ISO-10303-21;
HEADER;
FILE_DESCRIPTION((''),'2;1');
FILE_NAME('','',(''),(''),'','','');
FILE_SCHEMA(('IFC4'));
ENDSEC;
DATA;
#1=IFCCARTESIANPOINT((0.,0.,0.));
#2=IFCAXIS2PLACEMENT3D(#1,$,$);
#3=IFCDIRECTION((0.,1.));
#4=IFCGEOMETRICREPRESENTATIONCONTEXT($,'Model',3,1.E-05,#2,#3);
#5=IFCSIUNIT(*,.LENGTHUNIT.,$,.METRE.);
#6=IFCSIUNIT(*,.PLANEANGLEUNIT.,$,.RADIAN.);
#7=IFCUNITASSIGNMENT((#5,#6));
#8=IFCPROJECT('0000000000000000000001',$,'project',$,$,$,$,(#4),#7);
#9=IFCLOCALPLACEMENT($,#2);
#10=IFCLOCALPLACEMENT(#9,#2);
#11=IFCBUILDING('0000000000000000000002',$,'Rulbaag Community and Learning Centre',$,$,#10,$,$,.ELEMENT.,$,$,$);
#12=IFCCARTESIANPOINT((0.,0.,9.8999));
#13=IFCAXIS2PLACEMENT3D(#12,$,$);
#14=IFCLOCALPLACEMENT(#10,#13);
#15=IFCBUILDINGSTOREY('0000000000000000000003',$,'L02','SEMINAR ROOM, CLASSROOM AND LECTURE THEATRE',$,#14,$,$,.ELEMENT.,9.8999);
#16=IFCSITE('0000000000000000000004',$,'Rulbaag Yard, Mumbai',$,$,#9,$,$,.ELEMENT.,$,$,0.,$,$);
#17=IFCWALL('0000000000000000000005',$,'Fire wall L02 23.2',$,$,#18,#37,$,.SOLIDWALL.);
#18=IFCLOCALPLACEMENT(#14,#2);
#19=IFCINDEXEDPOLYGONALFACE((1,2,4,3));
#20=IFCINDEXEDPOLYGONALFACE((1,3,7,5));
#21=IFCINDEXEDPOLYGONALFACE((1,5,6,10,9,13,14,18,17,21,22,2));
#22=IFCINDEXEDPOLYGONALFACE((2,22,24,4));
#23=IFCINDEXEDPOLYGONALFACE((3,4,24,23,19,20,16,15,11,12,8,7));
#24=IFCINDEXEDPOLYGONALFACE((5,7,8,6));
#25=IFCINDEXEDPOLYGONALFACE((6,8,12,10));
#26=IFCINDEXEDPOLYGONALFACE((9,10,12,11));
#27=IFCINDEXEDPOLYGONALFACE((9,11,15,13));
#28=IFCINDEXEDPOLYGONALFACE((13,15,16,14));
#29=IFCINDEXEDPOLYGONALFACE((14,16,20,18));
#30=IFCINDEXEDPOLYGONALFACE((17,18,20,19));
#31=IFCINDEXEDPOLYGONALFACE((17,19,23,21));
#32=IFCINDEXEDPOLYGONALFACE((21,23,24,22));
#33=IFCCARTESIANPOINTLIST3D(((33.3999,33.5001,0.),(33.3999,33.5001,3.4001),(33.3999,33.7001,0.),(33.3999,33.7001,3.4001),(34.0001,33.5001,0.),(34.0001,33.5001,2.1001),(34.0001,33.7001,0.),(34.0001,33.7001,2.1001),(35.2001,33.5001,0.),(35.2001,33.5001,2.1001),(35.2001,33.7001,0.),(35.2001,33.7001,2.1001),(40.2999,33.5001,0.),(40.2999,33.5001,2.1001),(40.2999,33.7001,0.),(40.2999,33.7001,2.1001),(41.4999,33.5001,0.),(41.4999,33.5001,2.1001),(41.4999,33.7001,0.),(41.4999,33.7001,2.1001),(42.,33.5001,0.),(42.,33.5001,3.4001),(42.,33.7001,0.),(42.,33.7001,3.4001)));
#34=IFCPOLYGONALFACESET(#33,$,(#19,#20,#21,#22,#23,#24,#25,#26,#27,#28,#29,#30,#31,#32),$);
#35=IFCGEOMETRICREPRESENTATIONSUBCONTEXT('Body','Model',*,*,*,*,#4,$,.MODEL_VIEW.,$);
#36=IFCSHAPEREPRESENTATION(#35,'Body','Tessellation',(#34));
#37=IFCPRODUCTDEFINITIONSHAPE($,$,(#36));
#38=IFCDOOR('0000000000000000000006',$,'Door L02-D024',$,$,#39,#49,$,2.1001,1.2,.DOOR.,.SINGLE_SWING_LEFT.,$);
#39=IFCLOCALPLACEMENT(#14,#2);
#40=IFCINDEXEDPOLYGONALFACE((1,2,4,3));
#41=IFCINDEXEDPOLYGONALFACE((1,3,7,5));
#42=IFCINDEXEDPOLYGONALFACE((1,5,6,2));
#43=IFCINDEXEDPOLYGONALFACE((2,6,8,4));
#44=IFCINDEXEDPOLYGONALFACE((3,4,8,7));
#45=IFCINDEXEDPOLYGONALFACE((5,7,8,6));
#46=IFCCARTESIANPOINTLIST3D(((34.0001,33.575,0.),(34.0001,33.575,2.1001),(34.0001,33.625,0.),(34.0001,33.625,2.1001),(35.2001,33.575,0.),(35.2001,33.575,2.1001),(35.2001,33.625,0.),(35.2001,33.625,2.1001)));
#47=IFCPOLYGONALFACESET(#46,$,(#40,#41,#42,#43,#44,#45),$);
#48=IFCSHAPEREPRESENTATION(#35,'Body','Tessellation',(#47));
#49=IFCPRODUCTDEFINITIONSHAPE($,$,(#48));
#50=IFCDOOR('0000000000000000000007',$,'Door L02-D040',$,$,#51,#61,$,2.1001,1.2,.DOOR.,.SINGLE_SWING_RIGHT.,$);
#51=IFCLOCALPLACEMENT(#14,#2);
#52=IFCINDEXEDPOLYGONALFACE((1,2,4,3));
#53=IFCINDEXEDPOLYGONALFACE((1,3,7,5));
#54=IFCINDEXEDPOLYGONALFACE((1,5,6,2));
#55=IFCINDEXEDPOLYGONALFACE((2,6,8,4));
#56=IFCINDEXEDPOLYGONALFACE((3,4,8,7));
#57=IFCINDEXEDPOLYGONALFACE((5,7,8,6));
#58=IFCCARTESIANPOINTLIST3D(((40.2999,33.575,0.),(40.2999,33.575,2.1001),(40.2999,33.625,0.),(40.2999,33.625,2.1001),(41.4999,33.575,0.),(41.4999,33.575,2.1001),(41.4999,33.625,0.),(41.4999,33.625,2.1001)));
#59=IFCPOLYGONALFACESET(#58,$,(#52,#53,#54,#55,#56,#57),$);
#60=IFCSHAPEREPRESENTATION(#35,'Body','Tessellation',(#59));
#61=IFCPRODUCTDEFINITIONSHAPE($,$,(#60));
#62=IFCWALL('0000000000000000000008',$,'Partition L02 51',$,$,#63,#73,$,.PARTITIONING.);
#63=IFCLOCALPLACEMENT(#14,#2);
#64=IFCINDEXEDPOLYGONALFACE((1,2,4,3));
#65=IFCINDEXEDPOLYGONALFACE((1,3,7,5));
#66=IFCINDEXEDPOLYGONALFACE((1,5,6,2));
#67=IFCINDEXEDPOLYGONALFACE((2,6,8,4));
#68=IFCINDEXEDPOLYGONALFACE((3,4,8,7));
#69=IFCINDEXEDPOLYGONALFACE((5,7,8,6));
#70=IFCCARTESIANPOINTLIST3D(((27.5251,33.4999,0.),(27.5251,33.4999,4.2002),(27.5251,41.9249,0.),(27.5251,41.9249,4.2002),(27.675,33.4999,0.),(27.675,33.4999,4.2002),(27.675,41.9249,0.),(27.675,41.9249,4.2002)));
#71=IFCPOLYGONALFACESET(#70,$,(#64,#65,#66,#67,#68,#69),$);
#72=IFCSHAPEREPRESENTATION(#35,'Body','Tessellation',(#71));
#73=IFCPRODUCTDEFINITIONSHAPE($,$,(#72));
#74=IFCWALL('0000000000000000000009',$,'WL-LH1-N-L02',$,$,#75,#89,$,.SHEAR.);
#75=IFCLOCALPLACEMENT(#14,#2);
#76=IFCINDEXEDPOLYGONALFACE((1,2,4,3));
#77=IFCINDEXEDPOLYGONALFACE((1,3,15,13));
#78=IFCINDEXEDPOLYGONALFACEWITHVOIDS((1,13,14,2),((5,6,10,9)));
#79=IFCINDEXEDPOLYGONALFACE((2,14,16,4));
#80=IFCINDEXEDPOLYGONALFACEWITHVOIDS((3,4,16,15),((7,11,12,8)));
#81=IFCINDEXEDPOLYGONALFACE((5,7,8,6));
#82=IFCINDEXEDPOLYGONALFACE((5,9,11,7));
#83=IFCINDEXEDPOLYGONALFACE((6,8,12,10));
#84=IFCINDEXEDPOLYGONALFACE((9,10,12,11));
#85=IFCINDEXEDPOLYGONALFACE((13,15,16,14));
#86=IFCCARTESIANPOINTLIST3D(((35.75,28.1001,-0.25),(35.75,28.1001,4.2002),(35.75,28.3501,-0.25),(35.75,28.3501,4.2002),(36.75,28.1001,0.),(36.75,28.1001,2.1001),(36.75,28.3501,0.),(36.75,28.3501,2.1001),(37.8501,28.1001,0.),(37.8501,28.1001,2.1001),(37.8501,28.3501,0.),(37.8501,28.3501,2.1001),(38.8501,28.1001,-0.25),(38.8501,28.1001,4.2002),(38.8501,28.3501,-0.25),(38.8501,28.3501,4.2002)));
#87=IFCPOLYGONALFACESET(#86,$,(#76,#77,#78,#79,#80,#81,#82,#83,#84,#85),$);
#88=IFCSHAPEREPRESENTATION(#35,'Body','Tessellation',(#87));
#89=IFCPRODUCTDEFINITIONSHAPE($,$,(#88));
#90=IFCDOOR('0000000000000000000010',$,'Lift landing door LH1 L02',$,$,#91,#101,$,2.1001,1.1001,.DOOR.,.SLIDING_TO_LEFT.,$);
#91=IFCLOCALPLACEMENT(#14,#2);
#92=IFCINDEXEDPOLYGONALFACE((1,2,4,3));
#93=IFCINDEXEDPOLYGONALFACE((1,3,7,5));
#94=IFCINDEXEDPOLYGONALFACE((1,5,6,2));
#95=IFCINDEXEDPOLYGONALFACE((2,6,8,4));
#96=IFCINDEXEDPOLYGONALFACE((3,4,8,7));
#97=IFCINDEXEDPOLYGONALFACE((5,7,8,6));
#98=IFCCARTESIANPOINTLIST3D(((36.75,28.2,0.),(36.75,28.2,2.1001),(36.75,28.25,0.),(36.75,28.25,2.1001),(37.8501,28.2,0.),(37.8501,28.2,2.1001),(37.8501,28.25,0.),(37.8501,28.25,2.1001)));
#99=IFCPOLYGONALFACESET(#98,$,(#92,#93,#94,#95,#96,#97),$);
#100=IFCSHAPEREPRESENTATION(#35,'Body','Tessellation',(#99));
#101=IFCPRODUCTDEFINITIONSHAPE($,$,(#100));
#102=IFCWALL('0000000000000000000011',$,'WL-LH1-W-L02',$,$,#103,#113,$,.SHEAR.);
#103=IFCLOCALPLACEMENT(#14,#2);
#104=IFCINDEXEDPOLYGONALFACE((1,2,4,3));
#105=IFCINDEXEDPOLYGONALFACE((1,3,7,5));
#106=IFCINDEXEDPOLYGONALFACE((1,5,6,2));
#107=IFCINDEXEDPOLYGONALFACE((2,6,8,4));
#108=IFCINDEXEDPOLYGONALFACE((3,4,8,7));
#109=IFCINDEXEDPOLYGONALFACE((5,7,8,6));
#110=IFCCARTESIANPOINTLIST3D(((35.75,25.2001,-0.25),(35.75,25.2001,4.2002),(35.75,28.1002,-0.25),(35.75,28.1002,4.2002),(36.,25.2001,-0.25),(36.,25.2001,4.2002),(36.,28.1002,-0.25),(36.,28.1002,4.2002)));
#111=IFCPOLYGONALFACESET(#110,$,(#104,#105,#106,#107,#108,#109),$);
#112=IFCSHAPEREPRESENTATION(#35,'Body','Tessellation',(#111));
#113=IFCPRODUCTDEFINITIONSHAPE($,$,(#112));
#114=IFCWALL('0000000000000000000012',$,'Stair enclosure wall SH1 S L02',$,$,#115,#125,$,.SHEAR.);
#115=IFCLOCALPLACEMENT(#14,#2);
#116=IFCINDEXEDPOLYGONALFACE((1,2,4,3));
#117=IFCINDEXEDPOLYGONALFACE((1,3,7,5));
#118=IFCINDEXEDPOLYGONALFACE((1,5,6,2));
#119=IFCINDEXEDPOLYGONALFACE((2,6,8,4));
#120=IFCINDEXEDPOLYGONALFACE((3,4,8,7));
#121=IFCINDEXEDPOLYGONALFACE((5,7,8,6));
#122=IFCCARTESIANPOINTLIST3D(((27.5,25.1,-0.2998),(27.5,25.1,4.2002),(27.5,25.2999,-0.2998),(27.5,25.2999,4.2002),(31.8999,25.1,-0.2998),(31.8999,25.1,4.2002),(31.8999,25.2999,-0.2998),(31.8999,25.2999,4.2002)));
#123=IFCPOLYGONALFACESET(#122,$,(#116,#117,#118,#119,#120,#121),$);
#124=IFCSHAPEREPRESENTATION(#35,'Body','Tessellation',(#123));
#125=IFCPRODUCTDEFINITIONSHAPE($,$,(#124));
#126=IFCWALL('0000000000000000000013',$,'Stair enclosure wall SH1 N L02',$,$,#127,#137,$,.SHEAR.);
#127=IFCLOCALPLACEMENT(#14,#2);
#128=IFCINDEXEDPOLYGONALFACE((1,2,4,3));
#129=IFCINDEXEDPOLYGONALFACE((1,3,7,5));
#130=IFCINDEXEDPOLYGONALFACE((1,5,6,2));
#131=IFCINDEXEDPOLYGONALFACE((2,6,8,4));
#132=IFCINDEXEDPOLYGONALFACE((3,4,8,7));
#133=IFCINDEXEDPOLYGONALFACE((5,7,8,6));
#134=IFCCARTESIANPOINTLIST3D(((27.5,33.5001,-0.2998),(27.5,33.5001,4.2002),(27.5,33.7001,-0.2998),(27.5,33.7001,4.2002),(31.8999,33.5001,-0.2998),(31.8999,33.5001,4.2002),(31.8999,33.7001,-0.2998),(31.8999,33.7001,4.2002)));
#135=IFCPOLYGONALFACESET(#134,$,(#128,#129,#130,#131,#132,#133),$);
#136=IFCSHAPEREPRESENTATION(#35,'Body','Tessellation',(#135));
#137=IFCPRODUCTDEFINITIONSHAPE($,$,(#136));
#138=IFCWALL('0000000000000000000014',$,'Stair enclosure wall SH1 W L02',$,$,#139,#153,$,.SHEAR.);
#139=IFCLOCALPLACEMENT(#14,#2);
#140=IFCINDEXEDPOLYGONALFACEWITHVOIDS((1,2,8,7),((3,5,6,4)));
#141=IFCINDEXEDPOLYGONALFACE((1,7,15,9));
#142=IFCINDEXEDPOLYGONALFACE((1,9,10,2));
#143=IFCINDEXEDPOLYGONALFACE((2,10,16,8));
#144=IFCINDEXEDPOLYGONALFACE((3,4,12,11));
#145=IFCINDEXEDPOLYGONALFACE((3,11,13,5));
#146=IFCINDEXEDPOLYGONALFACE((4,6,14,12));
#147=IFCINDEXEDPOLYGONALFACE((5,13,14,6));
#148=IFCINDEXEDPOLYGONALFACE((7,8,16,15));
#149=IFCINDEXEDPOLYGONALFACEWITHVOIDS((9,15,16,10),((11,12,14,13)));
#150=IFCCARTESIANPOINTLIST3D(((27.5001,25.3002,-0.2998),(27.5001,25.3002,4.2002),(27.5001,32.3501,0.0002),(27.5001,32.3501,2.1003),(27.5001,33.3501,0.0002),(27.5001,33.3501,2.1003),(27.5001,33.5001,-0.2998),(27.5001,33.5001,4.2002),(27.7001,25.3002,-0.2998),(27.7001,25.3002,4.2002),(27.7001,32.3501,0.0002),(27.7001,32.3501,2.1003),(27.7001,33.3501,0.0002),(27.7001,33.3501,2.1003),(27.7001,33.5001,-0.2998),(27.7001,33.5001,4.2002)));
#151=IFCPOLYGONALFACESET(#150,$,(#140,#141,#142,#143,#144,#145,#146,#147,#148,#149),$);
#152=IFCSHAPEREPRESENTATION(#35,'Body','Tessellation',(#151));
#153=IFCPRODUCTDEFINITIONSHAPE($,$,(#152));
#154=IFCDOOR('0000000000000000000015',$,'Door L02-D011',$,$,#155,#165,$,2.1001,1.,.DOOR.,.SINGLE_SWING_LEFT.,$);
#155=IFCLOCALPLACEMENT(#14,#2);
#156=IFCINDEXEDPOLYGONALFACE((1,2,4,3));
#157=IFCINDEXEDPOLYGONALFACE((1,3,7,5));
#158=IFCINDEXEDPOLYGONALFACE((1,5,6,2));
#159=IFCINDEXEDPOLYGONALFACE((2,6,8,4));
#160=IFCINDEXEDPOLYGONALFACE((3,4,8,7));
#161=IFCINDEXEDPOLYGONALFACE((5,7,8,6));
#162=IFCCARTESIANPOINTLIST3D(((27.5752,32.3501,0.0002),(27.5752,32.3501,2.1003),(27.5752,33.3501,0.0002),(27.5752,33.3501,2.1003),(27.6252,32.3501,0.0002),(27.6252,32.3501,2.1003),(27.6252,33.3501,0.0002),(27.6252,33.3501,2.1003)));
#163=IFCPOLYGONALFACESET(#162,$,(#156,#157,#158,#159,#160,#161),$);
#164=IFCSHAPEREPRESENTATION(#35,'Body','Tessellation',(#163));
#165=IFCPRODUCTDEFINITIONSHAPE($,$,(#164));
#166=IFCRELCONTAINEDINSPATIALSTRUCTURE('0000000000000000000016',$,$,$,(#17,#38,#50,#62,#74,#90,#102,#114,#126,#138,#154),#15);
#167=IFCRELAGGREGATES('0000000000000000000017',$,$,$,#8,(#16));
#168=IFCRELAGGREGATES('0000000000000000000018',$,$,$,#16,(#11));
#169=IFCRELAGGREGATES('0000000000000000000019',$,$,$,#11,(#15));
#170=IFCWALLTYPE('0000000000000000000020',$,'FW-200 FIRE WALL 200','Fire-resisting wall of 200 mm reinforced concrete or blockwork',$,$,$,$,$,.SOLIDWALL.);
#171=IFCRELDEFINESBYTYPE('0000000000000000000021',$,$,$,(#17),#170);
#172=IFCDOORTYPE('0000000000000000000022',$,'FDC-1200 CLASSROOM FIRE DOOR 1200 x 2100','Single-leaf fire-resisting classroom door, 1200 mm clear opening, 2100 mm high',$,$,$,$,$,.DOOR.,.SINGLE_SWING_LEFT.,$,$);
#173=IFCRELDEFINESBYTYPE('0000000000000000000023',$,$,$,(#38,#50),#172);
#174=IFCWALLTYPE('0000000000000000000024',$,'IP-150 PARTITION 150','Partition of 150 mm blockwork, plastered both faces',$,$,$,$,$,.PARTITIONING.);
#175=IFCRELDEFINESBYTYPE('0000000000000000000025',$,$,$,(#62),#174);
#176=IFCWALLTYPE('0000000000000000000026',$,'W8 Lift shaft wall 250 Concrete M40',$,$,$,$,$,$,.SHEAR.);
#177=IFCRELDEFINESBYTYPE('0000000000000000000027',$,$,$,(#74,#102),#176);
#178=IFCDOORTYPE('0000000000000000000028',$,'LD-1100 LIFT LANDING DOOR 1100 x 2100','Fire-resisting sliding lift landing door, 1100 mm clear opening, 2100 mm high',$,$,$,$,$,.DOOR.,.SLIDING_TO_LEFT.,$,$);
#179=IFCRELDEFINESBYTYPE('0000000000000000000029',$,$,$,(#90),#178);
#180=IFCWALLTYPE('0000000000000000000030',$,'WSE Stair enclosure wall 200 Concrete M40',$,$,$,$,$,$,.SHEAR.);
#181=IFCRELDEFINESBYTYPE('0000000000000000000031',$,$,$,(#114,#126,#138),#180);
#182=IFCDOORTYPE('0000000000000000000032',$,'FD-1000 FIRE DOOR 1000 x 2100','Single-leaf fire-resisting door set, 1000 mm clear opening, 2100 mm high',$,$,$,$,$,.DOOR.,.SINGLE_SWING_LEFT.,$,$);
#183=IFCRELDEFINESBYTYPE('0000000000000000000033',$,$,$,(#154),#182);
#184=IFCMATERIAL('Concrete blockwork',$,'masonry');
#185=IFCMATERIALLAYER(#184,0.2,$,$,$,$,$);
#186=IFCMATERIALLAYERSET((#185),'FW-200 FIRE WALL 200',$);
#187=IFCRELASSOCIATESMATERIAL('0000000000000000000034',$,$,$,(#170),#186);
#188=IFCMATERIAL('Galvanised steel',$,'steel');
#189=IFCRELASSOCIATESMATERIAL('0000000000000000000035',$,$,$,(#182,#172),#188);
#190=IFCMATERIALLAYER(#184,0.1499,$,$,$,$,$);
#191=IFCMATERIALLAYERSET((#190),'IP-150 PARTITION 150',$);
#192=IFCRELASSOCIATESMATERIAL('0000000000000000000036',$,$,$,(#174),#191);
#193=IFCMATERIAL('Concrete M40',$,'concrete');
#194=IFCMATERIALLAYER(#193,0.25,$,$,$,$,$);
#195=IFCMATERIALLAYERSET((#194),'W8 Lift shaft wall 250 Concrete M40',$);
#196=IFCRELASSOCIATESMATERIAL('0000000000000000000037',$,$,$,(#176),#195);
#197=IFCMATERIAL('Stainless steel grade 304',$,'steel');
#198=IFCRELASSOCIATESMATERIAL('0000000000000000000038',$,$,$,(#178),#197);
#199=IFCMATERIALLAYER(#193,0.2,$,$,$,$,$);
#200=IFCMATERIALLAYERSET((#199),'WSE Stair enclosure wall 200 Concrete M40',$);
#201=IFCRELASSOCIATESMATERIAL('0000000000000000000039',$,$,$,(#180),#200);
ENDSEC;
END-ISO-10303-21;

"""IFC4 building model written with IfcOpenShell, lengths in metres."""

from ifc_helpers import new_model, si_unit, direction, frame, frame_2d, origin, place, context, subcontext, project, spatial, rectangle, extrude, material, layer, layer_set, type_object, element, fill, save


model = new_model("IFC4")

# Units and contexts
model_context = context("Model", 3, precision=1e-05, world=origin(), true_north=direction((0.0, 1.0)))
body_context = subcontext(model_context, "Body", "Model", "MODEL_VIEW")
ifc_project = project(units=[si_unit("LENGTHUNIT", "METRE"), si_unit("PLANEANGLEUNIT", "RADIAN")], contexts=[model_context])

# Site, building, storey
site_placement = place(None, origin())
site = spatial("IfcSite", under=ifc_project, at=site_placement, Name="Rulbaag Yard, Mumbai", CompositionType="ELEMENT", RefElevation=0.0)
building_placement = place(site_placement, origin())
building = spatial("IfcBuilding", under=site, at=building_placement, Name="Rulbaag Community and Learning Centre", CompositionType="ELEMENT")
storey_placement = place(building_placement, frame((0.0, 0.0, 9.8999)))
storey = spatial("IfcBuildingStorey", under=building, at=storey_placement, Name="L02", Description="SEMINAR ROOM, CLASSROOM AND LECTURE THEATRE", CompositionType="ELEMENT", Elevation=9.8999)

# Shared definitions
ifc_material_1 = material(Name="Concrete M40", Category="concrete")

# Shared definitions
ifc_material_2 = material(Name="Concrete blockwork", Category="masonry")
ifc_layer_1 = layer(ifc_material_2, 0.2)
ifc_layer_set_1 = layer_set([ifc_layer_1], Name="FW-200 FIRE WALL 200")
wall_type_1 = type_object("IfcWallType", Name="FW-200 FIRE WALL 200", Description="Fire-resisting wall of 200 mm reinforced concrete or blockwork", PredefinedType="SOLIDWALL", material=ifc_layer_set_1)

# Shared definitions
ifc_material_3 = material(Name="Galvanised steel", Category="steel")
door_type_1 = type_object("IfcDoorType", Name="FD-1000 FIRE DOOR 1000 x 2100", Description="Single-leaf fire-resisting door set, 1000 mm clear opening, 2100 mm high", OperationType="SINGLE_SWING_LEFT", PredefinedType="DOOR", material=ifc_material_3)

# Wall, openings, doors
wall_1_placement = place(storey_placement, frame((33.3999, 33.6001, 0.0), z_axis=(0.0, 0.0, 1.0), x_axis=(1.0, 0.0, 0.0)))
wall_1 = element("IfcWall", 1, at=wall_1_placement, inside=storey, type_object=wall_type_1, Name="Fire wall L02 23.2", PredefinedType="SOLIDWALL", context=body_context, shape_type="SweptSolid", body=[
    extrude(rectangle(XDim=8.6001, YDim=0.2, at=frame_2d((4.3, 0.0))), origin(), (0.0, 0.0, 1.0), 3.4001),
])
opening_1_placement = place(wall_1_placement, frame((0.6001, 0.0, 0.0)))
opening_1 = element("IfcOpeningElement", 2, at=opening_1_placement, cuts=wall_1, PredefinedType="OPENING", context=body_context, shape_type="SweptSolid", body=[
    extrude(rectangle(XDim=1.2, YDim=2.1001, at=frame_2d((0.6001, 1.05))), frame((0.0, 0.1099, 0.0), z_axis=(0.0, -1.0, 0.0), x_axis=(1.0, 0.0, 0.0)), (0.0, 0.0, 1.0), 0.22),
])
opening_2_placement = place(wall_1_placement, frame((6.8999, 0.0, 0.0)))
opening_2 = element("IfcOpeningElement", 3, at=opening_2_placement, cuts=wall_1, PredefinedType="OPENING", context=body_context, shape_type="SweptSolid", body=[
    extrude(rectangle(XDim=1.2, YDim=2.1001, at=frame_2d((0.6001, 1.05))), frame((0.0, 0.1099, 0.0), z_axis=(0.0, -1.0, 0.0), x_axis=(1.0, 0.0, 0.0)), (0.0, 0.0, 1.0), 0.22),
])
door_type_2 = type_object("IfcDoorType", Name="FDC-1200 CLASSROOM FIRE DOOR 1200 x 2100", Description="Single-leaf fire-resisting classroom door, 1200 mm clear opening, 2100 mm high", OperationType="SINGLE_SWING_LEFT", PredefinedType="DOOR", material=ifc_material_3)
door_1_placement = place(opening_1_placement, origin())
door_1 = element("IfcDoor", 4, at=door_1_placement, inside=storey, type_object=door_type_2, Name="Door L02-D024", OperationType="SINGLE_SWING_LEFT", OverallHeight=2.1001, OverallWidth=1.2, PredefinedType="DOOR", context=body_context, shape_type="SweptSolid", body=[
    extrude(rectangle(XDim=1.2, YDim=2.1001, at=frame_2d((0.6001, 1.05))), frame((0.0, 0.0249, 0.0), z_axis=(0.0, -1.0, 0.0), x_axis=(1.0, 0.0, 0.0)), (0.0, 0.0, 1.0), 0.05),
])
fill(opening_1, door_1)
door_2_placement = place(opening_2_placement, origin())
door_2 = element("IfcDoor", 5, at=door_2_placement, inside=storey, type_object=door_type_2, Name="Door L02-D040", OperationType="SINGLE_SWING_RIGHT", OverallHeight=2.1001, OverallWidth=1.2, PredefinedType="DOOR", context=body_context, shape_type="SweptSolid", body=[
    extrude(rectangle(XDim=1.2, YDim=2.1001, at=frame_2d((0.6001, 1.05))), frame((0.0, 0.0249, 0.0), z_axis=(0.0, -1.0, 0.0), x_axis=(1.0, 0.0, 0.0)), (0.0, 0.0, 1.0), 0.05),
])
fill(opening_2, door_2)

# Wall
ifc_layer_2 = layer(ifc_material_2, 0.1499)
ifc_layer_set_2 = layer_set([ifc_layer_2], Name="IP-150 PARTITION 150")
wall_type_2 = type_object("IfcWallType", Name="IP-150 PARTITION 150", Description="Partition of 150 mm blockwork, plastered both faces", PredefinedType="PARTITIONING", material=ifc_layer_set_2)
wall_2_placement = place(storey_placement, frame((27.6001, 33.5, 0.0), z_axis=(0.0, 0.0, 1.0), x_axis=(0.0, 1.0, 0.0)))
element("IfcWall", 6, at=wall_2_placement, inside=storey, type_object=wall_type_2, Name="Partition L02 51", PredefinedType="PARTITIONING", context=body_context, shape_type="SweptSolid", body=[
    extrude(rectangle(XDim=8.425, YDim=0.1499, at=frame_2d((4.2124, 0.0))), origin(), (0.0, 0.0, 1.0), 4.2002),
])

# Wall, opening, door
ifc_layer_3 = layer(ifc_material_1, 0.25)
ifc_layer_set_3 = layer_set([ifc_layer_3], Name="W8 Lift shaft wall 250 Concrete M40")
wall_type_3 = type_object("IfcWallType", Name="W8 Lift shaft wall 250 Concrete M40", PredefinedType="SHEAR", material=ifc_layer_set_3)
wall_3_placement = place(storey_placement, frame((35.75, 28.2251, -0.25), z_axis=(0.0, 0.0, 1.0), x_axis=(1.0, 0.0, 0.0)))
wall_3 = element("IfcWall", 7, at=wall_3_placement, inside=storey, type_object=wall_type_3, Name="WL-LH1-N-L02", PredefinedType="SHEAR", context=body_context, shape_type="SweptSolid", body=[
    extrude(rectangle(XDim=3.1001, YDim=0.25, at=frame_2d((1.55, 0.0))), origin(), (0.0, 0.0, 1.0), 4.4502),
])
opening_3_placement = place(wall_3_placement, frame((1.0, 0.0, 0.25)))
opening_3 = element("IfcOpeningElement", 8, at=opening_3_placement, cuts=wall_3, PredefinedType="OPENING", context=body_context, shape_type="SweptSolid", body=[
    extrude(rectangle(XDim=1.1001, YDim=2.1001, at=frame_2d((0.55, 1.05))), frame((0.0, 0.135, 0.0), z_axis=(0.0, -1.0, 0.0), x_axis=(1.0, 0.0, 0.0)), (0.0, 0.0, 1.0), 0.27),
])
ifc_material_4 = material(Name="Stainless steel grade 304", Category="steel")
door_type_3 = type_object("IfcDoorType", Name="LD-1100 LIFT LANDING DOOR 1100 x 2100", Description="Fire-resisting sliding lift landing door, 1100 mm clear opening, 2100 mm high", OperationType="SLIDING_TO_LEFT", PredefinedType="DOOR", material=ifc_material_4)
door_3_placement = place(opening_3_placement, origin())
door_3 = element("IfcDoor", 9, at=door_3_placement, inside=storey, type_object=door_type_3, Name="Lift landing door LH1 L02", OperationType="SLIDING_TO_LEFT", OverallHeight=2.1001, OverallWidth=1.1001, PredefinedType="DOOR", context=body_context, shape_type="SweptSolid", body=[
    extrude(rectangle(XDim=1.1001, YDim=2.1001, at=frame_2d((0.55, 1.05))), frame((0.0, 0.0249, 0.0), z_axis=(0.0, -1.0, 0.0), x_axis=(1.0, 0.0, 0.0)), (0.0, 0.0, 1.0), 0.05),
])
fill(opening_3, door_3)

# Walls
wall_4_placement = place(storey_placement, frame((35.875, 25.2, -0.25), z_axis=(0.0, 0.0, 1.0), x_axis=(0.0, 1.0, 0.0)))
element("IfcWall", 10, at=wall_4_placement, inside=storey, type_object=wall_type_3, Name="WL-LH1-W-L02", PredefinedType="SHEAR", context=body_context, shape_type="SweptSolid", body=[
    extrude(rectangle(XDim=2.9001, YDim=0.25, at=frame_2d((1.4502, 0.0))), origin(), (0.0, 0.0, 1.0), 4.4502),
])
ifc_layer_4 = layer(ifc_material_1, 0.2)
ifc_layer_set_4 = layer_set([ifc_layer_4], Name="WSE Stair enclosure wall 200 Concrete M40")
wall_type_4 = type_object("IfcWallType", Name="WSE Stair enclosure wall 200 Concrete M40", PredefinedType="SHEAR", material=ifc_layer_set_4)
for number, where, z_axis, x_axis, name in (
    (11, (27.5, 25.2, -0.2998), (0.0, 0.0, 1.0), (1.0, 0.0, 0.0), "Stair enclosure wall SH1 S L02"),
    (12, (27.5, 33.6001, -0.2998), (0.0, 0.0, 1.0), (1.0, 0.0, 0.0), "Stair enclosure wall SH1 N L02"),
):
    element("IfcWall", number, at=place(storey_placement, frame(where, z_axis=z_axis, x_axis=x_axis)), inside=storey, type_object=wall_type_4, Name=name, PredefinedType="SHEAR", context=body_context, shape_type="SweptSolid", body=[
        extrude(rectangle(XDim=4.3999, YDim=0.2, at=frame_2d((2.2, 0.0))), origin(), (0.0, 0.0, 1.0), 4.5),
    ])

# Wall, opening, door
wall_5_placement = place(storey_placement, frame((27.6001, 25.3, -0.2998), z_axis=(0.0, 0.0, 1.0), x_axis=(0.0, 1.0, 0.0)))
wall_5 = element("IfcWall", 13, at=wall_5_placement, inside=storey, type_object=wall_type_4, Name="Stair enclosure wall SH1 W L02", PredefinedType="SHEAR", context=body_context, shape_type="SweptSolid", body=[
    extrude(rectangle(XDim=8.2, YDim=0.2, at=frame_2d((4.1001, 0.0))), origin(), (0.0, 0.0, 1.0), 4.5),
])
opening_4_placement = place(wall_5_placement, frame((7.05, 0.0, 0.3)))
opening_4 = element("IfcOpeningElement", 14, at=opening_4_placement, cuts=wall_5, PredefinedType="OPENING", context=body_context, shape_type="SweptSolid", body=[
    extrude(rectangle(XDim=1.0, YDim=2.1001, at=frame_2d((0.5, 1.05))), frame((0.0, 0.1099, 0.0), z_axis=(0.0, -1.0, 0.0), x_axis=(1.0, 0.0, 0.0)), (0.0, 0.0, 1.0), 0.22),
])
door_4_placement = place(opening_4_placement, origin())
door_4 = element("IfcDoor", 15, at=door_4_placement, inside=storey, type_object=door_type_1, Name="Door L02-D011", OperationType="SINGLE_SWING_LEFT", OverallHeight=2.1001, OverallWidth=1.0, PredefinedType="DOOR", context=body_context, shape_type="SweptSolid", body=[
    extrude(rectangle(XDim=1.0, YDim=2.1001, at=frame_2d((0.5, 1.05))), frame((0.0, 0.0249, 0.0), z_axis=(0.0, -1.0, 0.0), x_axis=(1.0, 0.0, 0.0)), (0.0, 0.0, 1.0), 0.05),
])
fill(opening_4, door_4)

save(model, "model.ifc")
